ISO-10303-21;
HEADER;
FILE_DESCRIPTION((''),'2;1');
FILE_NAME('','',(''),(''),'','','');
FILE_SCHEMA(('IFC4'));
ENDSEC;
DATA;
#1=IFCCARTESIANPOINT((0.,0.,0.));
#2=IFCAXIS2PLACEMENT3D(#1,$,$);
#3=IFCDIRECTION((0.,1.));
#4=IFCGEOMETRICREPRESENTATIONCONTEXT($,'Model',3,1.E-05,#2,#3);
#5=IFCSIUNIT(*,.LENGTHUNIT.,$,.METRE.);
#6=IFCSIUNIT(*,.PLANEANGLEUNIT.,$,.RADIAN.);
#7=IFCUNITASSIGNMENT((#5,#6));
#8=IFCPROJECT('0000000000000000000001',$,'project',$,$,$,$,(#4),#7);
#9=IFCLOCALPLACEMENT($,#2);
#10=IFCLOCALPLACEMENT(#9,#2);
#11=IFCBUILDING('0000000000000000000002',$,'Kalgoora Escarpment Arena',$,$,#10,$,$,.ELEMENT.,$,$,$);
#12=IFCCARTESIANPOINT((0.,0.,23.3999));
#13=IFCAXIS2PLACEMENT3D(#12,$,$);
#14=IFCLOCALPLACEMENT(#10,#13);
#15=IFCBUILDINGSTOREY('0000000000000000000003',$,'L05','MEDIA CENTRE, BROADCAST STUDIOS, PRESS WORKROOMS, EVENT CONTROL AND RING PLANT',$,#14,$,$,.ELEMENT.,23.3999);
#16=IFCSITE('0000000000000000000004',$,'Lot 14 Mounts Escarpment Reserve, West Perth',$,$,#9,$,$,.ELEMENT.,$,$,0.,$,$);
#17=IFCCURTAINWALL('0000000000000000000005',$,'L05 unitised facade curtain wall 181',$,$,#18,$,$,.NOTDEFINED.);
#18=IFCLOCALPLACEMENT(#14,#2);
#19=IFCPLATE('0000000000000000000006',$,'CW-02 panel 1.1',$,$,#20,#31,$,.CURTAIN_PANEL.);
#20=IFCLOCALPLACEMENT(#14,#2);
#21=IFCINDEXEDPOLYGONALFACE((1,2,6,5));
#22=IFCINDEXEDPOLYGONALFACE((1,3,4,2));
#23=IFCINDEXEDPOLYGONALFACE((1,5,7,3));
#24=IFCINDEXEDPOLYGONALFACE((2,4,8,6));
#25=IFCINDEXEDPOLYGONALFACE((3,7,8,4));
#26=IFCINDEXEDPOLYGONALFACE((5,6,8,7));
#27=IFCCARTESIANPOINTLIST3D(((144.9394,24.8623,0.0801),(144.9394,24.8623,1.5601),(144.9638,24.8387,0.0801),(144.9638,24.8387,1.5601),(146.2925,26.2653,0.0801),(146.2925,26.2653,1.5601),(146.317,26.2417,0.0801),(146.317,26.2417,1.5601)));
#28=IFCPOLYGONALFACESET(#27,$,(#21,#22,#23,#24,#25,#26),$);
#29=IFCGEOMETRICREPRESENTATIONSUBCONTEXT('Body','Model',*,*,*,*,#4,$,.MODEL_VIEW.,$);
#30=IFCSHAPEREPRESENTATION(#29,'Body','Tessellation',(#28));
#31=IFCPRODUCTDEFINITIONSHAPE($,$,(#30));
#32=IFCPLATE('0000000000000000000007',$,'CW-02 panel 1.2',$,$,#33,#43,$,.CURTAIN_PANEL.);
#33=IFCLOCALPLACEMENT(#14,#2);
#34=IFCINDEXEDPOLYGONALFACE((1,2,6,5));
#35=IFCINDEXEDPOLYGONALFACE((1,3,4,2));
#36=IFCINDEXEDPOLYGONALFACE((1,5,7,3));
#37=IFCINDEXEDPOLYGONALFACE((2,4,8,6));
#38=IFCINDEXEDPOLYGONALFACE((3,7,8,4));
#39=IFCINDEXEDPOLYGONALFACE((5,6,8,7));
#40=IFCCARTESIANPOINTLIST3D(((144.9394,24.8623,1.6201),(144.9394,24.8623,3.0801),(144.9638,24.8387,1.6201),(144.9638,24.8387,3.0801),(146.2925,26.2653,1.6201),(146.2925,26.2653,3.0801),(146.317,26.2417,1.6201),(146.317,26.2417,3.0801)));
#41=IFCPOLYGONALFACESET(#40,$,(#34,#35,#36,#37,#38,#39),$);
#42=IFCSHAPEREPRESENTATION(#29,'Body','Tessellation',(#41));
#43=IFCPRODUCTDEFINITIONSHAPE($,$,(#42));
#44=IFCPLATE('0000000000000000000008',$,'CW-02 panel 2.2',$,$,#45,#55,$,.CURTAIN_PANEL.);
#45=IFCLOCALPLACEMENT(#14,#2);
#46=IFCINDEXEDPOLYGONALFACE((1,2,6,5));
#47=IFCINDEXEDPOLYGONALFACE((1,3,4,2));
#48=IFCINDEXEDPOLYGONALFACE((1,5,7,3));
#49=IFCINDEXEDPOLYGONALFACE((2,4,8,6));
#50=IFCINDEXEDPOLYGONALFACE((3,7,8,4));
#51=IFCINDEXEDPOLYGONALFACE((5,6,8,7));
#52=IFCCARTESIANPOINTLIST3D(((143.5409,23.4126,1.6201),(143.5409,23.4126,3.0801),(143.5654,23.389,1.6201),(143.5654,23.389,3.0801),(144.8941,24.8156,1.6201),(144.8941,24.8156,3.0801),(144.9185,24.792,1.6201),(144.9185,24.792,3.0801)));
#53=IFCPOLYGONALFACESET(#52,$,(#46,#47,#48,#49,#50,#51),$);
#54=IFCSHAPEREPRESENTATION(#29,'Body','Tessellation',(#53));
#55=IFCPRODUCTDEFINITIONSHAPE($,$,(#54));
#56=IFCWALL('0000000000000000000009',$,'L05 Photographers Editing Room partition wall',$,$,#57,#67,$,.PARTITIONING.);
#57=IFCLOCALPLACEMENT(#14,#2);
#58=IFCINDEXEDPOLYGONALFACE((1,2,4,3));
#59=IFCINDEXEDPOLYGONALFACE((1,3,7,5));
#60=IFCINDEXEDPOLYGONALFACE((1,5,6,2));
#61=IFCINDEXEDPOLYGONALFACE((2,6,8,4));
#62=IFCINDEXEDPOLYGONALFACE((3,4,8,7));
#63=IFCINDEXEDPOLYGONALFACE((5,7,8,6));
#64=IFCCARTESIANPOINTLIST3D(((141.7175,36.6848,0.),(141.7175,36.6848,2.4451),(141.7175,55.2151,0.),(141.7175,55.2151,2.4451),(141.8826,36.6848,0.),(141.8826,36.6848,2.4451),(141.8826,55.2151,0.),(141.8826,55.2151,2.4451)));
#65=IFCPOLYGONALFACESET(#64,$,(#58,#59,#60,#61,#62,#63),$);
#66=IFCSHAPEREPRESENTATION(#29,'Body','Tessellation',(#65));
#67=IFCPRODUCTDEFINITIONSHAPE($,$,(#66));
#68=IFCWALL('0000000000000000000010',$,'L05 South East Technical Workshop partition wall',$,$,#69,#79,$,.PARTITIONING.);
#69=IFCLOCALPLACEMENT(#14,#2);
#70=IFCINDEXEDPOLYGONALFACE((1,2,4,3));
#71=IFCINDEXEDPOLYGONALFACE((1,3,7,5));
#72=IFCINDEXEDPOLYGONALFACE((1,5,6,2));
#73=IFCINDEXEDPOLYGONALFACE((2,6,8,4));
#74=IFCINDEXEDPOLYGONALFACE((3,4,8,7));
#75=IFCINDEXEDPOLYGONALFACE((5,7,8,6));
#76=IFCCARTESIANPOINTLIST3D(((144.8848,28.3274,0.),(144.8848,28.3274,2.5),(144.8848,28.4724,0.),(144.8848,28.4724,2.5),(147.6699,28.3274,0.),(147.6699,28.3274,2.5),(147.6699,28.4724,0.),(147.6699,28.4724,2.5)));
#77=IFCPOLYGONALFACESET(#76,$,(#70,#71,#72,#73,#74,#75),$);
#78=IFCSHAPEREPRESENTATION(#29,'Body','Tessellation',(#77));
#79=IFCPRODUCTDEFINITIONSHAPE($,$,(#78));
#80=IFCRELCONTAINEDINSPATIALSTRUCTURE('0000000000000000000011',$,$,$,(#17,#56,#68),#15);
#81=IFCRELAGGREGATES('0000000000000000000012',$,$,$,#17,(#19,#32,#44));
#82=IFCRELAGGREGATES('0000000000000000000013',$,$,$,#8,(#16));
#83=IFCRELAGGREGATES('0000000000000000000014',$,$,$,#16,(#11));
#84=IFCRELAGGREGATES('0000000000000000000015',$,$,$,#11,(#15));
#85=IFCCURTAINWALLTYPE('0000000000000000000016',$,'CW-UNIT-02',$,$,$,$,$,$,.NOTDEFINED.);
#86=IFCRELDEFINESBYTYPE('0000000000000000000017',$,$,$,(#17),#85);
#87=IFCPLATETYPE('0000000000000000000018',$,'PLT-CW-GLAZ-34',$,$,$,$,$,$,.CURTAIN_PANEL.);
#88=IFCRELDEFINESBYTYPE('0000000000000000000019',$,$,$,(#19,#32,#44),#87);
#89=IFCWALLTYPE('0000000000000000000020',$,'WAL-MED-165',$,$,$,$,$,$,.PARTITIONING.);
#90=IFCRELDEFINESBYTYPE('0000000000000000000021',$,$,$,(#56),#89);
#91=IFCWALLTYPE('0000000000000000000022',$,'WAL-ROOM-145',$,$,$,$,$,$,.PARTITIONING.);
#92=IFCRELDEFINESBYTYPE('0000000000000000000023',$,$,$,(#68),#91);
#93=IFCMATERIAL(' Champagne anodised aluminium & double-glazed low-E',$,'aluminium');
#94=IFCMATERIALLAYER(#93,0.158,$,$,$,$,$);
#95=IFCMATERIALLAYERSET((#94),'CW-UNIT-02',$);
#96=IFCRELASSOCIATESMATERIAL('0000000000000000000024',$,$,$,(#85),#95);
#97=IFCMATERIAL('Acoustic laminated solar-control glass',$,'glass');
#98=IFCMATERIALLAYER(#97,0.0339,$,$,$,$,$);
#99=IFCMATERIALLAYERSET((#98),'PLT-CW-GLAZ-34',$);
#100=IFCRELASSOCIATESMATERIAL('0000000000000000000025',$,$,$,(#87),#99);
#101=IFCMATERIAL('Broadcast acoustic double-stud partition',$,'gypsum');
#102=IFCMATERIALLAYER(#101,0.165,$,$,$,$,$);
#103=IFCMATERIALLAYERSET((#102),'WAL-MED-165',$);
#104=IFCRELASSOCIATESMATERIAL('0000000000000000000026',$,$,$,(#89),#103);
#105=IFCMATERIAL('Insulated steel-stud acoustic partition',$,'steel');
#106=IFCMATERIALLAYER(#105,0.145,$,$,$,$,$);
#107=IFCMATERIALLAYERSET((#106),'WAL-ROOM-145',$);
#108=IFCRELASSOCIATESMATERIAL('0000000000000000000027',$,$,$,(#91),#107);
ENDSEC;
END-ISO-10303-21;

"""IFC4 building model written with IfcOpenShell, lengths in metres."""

from ifc_helpers import new_model, si_unit, direction, frame, frame_2d, origin, origin_2d, place, context, subcontext, project, spatial, rectangle, extrude, material, layer, layer_set, type_object, element, aggregate, save


model = new_model("IFC4")

# Units and contexts
model_context = context("Model", 3, precision=1e-05, world=origin(), true_north=direction((0.0, 1.0)))
body_context = subcontext(model_context, "Body", "Model", "MODEL_VIEW")
ifc_project = project(units=[si_unit("LENGTHUNIT", "METRE"), si_unit("PLANEANGLEUNIT", "RADIAN")], contexts=[model_context])

# Site, building, storey
site_placement = place(None, origin())
site = spatial("IfcSite", under=ifc_project, at=site_placement, Name="Lot 14 Mounts Escarpment Reserve, West Perth", CompositionType="ELEMENT", RefElevation=0.0)
building_placement = place(site_placement, origin())
building = spatial("IfcBuilding", under=site, at=building_placement, Name="Kalgoora Escarpment Arena", CompositionType="ELEMENT")
storey_placement = place(building_placement, frame((0.0, 0.0, 23.3999)))
storey = spatial("IfcBuildingStorey", under=building, at=storey_placement, Name="L05", Description="MEDIA CENTRE, BROADCAST STUDIOS, PRESS WORKROOMS, EVENT CONTROL AND RING PLANT", CompositionType="ELEMENT", Elevation=23.3999)

# Curtain wall, plates
ifc_material_1 = material(Name=" Champagne anodised aluminium & double-glazed low-E", Category="aluminium")
ifc_layer_1 = layer(ifc_material_1, 0.158)
ifc_layer_set_1 = layer_set([ifc_layer_1], Name="CW-UNIT-02")
curtain_wall_type = type_object("IfcCurtainWallType", Name="CW-UNIT-02", PredefinedType="NOTDEFINED", material=ifc_layer_set_1)
curtain_wall_placement = place(storey_placement, origin())
curtain_wall = element("IfcCurtainWall", 1, at=curtain_wall_placement, inside=storey, type_object=curtain_wall_type, Name="L05 unitised facade curtain wall 181", PredefinedType="NOTDEFINED")
ifc_material_2 = material(Name="Acoustic laminated solar-control glass", Category="glass")
ifc_layer_2 = layer(ifc_material_2, 0.0339)
ifc_layer_set_2 = layer_set([ifc_layer_2], Name="PLT-CW-GLAZ-34")
plate_type = type_object("IfcPlateType", Name="PLT-CW-GLAZ-34", PredefinedType="CURTAIN_PANEL", material=ifc_layer_set_2)
plate_1_placement = place(storey_placement, frame((145.6282, 25.552, 0.0801), z_axis=(0.0, 0.0, 1.0), x_axis=(-0.694202, -0.71978, 0.0)))
plate_1 = element("IfcPlate", 2, at=plate_1_placement, type_object=plate_type, Name="CW-02 panel 1.1", PredefinedType="CURTAIN_PANEL", context=body_context, shape_type="SweptSolid", body=[
    extrude(rectangle(XDim=1.9492, YDim=0.0339, at=origin_2d()), origin(), (0.0, 0.0, 1.0), 1.48),
])
plate_2_placement = place(storey_placement, frame((145.6282, 25.552, 1.6201), z_axis=(0.0, 0.0, 1.0), x_axis=(-0.694202, -0.71978, 0.0)))
plate_2 = element("IfcPlate", 3, at=plate_2_placement, type_object=plate_type, Name="CW-02 panel 1.2", PredefinedType="CURTAIN_PANEL", context=body_context, shape_type="SweptSolid", body=[
    extrude(rectangle(XDim=1.9492, YDim=0.0339, at=origin_2d()), origin(), (0.0, 0.0, 1.0), 1.46),
])
plate_3_placement = place(storey_placement, frame((144.2297, 24.1023, 1.6201), z_axis=(0.0, 0.0, 1.0), x_axis=(-0.694202, -0.71978, 0.0)))
plate_3 = element("IfcPlate", 4, at=plate_3_placement, type_object=plate_type, Name="CW-02 panel 2.2", PredefinedType="CURTAIN_PANEL", context=body_context, shape_type="SweptSolid", body=[
    extrude(rectangle(XDim=1.9492, YDim=0.0339, at=origin_2d()), origin(), (0.0, 0.0, 1.0), 1.46),
])
aggregate(curtain_wall, [plate_1, plate_2, plate_3])

# Wall
ifc_material_3 = material(Name="Broadcast acoustic double-stud partition", Category="gypsum")
ifc_layer_3 = layer(ifc_material_3, 0.165)
ifc_layer_set_3 = layer_set([ifc_layer_3], Name="WAL-MED-165")
wall_type_1 = type_object("IfcWallType", Name="WAL-MED-165", PredefinedType="PARTITIONING", material=ifc_layer_set_3)
wall_1_placement = place(storey_placement, frame((141.8, 36.6848, 0.0), z_axis=(0.0, 0.0, 1.0), x_axis=(0.0, 1.0, 0.0)))
element("IfcWall", 5, at=wall_1_placement, inside=storey, type_object=wall_type_1, Name="L05 Photographers Editing Room partition wall", PredefinedType="PARTITIONING", context=body_context, shape_type="SweptSolid", body=[
    extrude(rectangle(XDim=18.5303, YDim=0.165, at=frame_2d((9.2651, 0.0))), origin(), (0.0, 0.0, 1.0), 2.4451),
])

# Shared definitions
ifc_material_4 = material(Name="Insulated steel-stud acoustic partition", Category="steel")
ifc_layer_4 = layer(ifc_material_4, 0.145)
ifc_layer_set_4 = layer_set([ifc_layer_4], Name="WAL-ROOM-145")
wall_type_2 = type_object("IfcWallType", Name="WAL-ROOM-145", PredefinedType="PARTITIONING", material=ifc_layer_set_4)

# Wall
wall_2_placement = place(storey_placement, frame((144.8848, 28.3999, 0.0), z_axis=(0.0, 0.0, 1.0), x_axis=(1.0, 0.0, 0.0)))
element("IfcWall", 6, at=wall_2_placement, inside=storey, type_object=wall_type_2, Name="L05 South East Technical Workshop partition wall", PredefinedType="PARTITIONING", context=body_context, shape_type="SweptSolid", body=[
    extrude(rectangle(XDim=2.7852, YDim=0.145, at=frame_2d((1.3926, 0.0))), origin(), (0.0, 0.0, 1.0), 2.5),
])

save(model, "model.ifc")
